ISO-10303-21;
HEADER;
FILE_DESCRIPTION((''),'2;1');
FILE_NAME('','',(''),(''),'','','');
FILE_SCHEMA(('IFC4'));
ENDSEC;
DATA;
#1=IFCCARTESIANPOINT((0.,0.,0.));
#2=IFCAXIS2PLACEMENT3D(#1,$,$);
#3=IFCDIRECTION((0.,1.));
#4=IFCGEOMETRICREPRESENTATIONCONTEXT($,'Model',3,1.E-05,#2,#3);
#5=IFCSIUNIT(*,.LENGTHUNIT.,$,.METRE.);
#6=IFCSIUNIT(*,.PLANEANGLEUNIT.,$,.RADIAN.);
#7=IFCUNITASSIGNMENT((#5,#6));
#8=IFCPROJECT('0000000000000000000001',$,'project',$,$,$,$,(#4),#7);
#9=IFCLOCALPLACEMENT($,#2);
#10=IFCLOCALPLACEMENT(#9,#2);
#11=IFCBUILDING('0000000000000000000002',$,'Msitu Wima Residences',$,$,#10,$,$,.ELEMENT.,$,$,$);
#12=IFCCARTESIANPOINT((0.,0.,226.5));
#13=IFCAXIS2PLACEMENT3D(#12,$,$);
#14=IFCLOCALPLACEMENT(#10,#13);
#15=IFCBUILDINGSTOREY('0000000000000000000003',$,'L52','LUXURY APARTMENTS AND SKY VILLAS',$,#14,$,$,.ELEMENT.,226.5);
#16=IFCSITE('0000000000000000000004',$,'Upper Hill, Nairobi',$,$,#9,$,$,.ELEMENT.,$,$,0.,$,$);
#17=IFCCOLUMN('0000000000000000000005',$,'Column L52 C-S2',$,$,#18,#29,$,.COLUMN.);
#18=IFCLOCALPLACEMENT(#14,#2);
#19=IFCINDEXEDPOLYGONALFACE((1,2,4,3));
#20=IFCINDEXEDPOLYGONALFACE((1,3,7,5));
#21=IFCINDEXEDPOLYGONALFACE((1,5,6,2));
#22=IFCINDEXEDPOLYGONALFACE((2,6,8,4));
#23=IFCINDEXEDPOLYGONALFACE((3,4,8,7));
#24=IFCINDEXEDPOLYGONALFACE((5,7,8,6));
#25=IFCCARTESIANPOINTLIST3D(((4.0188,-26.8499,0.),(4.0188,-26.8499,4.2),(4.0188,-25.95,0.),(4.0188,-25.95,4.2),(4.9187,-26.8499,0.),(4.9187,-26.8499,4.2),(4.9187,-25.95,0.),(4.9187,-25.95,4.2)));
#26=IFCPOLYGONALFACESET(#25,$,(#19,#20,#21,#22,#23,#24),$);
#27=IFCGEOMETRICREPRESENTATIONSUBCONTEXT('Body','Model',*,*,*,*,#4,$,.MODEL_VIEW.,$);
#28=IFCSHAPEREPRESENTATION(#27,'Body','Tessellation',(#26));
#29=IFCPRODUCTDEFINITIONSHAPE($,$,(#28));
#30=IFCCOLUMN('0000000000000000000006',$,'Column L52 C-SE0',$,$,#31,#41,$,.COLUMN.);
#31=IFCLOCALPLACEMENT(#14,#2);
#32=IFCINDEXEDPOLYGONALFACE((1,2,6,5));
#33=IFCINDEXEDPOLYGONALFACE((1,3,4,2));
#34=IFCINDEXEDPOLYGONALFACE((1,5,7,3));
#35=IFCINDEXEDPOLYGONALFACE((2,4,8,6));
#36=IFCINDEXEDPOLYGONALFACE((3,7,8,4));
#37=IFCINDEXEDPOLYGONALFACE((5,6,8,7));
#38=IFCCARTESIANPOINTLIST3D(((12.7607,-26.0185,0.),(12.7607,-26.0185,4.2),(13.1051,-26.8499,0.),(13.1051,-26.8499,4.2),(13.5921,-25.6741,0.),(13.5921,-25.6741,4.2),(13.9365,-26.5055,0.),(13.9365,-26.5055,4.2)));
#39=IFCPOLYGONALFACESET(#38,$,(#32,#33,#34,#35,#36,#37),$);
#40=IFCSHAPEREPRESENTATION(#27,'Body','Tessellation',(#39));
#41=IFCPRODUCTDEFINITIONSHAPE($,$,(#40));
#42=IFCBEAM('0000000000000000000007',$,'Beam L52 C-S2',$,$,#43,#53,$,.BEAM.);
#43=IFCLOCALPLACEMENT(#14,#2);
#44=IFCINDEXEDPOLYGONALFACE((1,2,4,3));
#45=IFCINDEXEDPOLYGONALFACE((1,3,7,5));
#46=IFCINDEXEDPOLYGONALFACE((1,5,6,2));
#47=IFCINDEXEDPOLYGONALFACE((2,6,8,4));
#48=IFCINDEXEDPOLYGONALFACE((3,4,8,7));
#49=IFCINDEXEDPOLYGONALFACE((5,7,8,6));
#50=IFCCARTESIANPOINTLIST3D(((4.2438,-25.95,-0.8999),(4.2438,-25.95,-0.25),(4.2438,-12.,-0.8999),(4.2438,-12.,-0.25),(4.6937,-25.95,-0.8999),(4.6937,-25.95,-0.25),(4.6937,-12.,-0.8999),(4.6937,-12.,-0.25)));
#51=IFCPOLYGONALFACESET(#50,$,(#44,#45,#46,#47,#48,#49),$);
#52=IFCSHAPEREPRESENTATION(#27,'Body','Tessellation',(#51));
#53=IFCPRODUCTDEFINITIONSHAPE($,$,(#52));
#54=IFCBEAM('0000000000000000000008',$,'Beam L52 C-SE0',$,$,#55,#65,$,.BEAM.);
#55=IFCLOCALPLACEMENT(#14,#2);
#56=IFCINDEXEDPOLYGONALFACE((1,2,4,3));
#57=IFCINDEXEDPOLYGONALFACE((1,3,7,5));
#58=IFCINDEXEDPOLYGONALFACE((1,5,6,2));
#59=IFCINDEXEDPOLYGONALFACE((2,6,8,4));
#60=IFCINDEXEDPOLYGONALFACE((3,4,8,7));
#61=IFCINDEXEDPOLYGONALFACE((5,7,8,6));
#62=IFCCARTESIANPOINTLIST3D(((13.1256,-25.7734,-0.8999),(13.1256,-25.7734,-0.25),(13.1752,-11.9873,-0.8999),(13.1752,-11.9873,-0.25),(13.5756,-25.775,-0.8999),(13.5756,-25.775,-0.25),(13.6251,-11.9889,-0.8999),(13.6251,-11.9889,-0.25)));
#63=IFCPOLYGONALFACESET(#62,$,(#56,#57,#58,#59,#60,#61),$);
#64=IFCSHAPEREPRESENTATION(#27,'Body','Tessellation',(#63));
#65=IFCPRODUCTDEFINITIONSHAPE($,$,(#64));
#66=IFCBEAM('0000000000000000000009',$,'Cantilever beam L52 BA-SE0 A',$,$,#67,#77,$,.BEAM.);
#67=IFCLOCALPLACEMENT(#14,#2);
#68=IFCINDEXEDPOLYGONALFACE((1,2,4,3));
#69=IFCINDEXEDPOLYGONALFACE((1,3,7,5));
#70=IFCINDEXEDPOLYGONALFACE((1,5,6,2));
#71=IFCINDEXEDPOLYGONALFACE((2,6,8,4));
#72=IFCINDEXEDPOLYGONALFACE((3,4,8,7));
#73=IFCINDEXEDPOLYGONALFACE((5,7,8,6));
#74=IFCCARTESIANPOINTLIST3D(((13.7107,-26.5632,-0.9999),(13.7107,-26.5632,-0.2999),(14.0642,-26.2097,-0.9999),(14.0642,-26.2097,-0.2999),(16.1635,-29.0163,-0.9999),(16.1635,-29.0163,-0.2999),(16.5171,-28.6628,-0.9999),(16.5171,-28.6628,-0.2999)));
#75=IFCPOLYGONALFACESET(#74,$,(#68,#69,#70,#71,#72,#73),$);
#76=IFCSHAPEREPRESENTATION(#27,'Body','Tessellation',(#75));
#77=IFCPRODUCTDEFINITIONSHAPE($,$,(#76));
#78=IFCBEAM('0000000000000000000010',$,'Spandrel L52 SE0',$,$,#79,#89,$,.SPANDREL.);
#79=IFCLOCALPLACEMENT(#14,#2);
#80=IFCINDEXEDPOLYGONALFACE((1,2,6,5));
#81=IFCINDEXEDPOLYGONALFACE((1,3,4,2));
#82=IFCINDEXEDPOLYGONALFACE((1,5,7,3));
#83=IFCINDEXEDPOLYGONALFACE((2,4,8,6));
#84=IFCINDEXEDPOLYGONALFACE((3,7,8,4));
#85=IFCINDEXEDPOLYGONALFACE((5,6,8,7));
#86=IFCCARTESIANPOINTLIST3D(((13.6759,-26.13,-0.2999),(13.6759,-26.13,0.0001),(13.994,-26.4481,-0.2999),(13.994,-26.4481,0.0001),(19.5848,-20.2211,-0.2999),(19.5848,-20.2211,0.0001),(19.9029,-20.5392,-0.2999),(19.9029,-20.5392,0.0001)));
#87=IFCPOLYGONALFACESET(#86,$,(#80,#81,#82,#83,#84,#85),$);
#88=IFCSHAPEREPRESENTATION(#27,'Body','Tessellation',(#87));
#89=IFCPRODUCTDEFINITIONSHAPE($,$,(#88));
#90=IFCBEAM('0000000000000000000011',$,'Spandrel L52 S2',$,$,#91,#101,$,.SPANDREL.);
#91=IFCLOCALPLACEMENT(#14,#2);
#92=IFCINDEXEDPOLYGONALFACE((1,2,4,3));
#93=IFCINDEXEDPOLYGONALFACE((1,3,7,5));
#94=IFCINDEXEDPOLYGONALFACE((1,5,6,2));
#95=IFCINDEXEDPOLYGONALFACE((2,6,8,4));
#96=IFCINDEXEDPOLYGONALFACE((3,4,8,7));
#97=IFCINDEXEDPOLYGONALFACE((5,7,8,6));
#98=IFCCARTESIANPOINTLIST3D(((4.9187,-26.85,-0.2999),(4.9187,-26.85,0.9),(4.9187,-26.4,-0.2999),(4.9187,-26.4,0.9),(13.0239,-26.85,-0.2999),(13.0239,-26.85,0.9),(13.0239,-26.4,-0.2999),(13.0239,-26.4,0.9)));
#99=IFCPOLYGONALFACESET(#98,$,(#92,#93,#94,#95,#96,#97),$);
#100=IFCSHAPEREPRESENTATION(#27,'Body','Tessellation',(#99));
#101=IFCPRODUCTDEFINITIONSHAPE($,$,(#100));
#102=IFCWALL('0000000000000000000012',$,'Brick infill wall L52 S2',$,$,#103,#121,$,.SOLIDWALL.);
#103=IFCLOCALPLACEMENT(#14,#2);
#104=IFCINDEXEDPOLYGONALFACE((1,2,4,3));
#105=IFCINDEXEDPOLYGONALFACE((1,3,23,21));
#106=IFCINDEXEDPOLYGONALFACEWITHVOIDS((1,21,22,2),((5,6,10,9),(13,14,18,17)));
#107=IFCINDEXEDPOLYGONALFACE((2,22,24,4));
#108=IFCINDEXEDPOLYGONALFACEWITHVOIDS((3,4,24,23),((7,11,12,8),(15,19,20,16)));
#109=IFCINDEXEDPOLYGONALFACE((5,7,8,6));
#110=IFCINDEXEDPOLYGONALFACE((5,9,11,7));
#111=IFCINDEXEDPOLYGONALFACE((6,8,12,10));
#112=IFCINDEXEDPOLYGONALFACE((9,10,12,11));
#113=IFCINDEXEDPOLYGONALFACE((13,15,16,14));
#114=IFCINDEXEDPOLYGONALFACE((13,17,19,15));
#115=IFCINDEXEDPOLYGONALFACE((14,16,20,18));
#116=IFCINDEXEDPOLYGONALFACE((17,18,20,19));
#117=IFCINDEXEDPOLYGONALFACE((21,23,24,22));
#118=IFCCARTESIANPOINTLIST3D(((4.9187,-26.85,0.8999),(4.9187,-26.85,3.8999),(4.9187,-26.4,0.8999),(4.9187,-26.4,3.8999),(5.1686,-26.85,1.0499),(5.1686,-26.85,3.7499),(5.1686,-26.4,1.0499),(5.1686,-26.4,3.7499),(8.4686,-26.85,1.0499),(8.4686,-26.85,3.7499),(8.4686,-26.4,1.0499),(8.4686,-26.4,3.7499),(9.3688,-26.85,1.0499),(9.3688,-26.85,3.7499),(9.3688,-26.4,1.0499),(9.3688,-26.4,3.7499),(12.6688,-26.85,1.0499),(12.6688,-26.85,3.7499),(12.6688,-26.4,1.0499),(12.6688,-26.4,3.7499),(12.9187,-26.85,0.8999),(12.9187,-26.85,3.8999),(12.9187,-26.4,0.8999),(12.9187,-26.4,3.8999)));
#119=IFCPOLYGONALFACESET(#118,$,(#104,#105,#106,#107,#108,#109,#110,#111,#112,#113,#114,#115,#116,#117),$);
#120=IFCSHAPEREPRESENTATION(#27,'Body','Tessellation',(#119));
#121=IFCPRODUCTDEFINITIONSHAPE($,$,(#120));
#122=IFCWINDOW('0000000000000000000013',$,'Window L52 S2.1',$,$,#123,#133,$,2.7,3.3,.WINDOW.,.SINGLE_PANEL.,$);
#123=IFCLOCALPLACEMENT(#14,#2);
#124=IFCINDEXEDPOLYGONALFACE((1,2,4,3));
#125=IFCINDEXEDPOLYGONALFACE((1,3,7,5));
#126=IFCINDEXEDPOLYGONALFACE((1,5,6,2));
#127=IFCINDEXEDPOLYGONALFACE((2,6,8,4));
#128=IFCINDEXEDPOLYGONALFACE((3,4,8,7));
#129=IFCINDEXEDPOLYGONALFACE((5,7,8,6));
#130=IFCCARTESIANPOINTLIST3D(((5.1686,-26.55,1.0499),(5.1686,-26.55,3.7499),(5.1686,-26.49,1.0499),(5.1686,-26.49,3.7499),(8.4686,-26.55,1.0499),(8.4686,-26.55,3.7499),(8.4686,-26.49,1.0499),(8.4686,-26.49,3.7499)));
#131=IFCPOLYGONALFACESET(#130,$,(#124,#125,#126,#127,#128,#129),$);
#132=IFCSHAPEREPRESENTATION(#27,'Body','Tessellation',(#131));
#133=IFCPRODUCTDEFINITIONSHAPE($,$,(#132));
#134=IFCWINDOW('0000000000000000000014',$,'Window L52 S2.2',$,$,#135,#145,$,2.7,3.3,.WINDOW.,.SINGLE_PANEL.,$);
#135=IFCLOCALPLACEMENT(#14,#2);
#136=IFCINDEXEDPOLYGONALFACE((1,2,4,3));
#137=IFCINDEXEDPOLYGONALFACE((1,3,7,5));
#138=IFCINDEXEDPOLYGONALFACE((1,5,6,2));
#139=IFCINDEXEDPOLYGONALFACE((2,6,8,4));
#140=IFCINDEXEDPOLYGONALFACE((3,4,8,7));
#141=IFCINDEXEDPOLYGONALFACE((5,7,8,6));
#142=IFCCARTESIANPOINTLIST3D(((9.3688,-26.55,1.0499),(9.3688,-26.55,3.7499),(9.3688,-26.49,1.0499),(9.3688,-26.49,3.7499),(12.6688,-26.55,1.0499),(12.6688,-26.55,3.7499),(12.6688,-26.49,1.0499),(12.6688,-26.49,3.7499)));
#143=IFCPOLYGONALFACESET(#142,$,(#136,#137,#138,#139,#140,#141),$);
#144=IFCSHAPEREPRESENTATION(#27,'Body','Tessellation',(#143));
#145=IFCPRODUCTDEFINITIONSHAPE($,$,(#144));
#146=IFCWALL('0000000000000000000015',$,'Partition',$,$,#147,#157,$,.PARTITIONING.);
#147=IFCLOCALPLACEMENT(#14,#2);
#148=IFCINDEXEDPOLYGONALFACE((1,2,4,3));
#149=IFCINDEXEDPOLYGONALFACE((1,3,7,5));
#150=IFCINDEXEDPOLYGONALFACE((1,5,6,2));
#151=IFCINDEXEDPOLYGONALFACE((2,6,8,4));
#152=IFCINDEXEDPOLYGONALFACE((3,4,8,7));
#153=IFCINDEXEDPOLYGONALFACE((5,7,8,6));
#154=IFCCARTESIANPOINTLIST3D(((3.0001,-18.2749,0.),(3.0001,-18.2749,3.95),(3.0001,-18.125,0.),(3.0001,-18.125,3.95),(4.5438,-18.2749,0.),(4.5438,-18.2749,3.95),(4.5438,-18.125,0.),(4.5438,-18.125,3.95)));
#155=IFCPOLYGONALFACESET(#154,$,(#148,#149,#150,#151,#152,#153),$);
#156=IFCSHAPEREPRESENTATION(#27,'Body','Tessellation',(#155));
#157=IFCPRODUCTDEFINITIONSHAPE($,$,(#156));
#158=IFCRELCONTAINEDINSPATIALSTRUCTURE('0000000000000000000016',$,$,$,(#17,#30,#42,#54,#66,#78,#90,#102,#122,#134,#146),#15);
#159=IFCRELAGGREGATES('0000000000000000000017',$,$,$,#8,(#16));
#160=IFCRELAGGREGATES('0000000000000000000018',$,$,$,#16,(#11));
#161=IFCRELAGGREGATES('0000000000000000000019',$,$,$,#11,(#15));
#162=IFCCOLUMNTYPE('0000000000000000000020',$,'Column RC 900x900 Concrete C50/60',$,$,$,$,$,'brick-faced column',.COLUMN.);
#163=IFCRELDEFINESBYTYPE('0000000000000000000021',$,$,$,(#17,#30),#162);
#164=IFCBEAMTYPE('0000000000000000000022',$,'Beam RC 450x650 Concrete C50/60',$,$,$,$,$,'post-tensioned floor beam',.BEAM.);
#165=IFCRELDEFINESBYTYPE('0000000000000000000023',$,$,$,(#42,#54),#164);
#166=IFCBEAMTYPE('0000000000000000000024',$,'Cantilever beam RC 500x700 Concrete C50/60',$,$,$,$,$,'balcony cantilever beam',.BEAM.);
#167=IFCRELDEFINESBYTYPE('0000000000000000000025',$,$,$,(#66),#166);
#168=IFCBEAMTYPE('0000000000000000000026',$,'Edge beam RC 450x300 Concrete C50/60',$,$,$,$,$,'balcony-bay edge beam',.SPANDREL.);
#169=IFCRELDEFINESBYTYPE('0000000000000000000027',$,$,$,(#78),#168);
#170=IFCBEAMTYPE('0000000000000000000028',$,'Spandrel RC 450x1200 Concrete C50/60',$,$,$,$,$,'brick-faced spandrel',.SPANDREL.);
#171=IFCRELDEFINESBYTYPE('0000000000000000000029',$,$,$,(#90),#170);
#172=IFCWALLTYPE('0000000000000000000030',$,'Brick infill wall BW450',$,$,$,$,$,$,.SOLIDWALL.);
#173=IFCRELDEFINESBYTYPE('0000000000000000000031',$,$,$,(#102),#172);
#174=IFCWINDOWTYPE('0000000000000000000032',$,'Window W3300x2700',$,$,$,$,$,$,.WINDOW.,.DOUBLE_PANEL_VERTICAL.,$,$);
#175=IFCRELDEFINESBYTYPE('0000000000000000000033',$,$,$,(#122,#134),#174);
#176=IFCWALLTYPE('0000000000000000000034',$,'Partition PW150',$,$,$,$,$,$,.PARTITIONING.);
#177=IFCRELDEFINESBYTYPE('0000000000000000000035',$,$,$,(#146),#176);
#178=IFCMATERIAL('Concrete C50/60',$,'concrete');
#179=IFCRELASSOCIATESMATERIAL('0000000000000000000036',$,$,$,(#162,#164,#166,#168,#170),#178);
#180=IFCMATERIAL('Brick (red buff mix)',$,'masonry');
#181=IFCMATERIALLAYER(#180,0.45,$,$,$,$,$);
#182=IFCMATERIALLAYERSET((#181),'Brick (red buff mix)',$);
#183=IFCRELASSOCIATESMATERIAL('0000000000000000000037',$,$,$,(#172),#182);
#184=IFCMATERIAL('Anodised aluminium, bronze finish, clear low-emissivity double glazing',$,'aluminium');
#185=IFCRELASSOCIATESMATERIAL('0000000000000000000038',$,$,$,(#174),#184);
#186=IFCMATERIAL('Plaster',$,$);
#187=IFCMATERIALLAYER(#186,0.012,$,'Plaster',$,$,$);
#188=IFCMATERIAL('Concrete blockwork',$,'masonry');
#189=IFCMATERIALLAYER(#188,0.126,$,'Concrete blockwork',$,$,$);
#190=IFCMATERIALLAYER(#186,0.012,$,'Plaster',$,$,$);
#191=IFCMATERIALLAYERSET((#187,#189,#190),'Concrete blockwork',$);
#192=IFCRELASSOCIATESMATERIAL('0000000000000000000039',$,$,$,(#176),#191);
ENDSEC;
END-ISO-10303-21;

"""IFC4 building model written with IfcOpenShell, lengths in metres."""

from ifc_helpers import new_model, si_unit, direction, frame, frame_2d, origin, origin_2d, place, context, subcontext, project, spatial, rectangle, extrude, material, layer, layer_set, material_profile, profile_set, type_object, element, fill, save


model = new_model("IFC4")

# Units and contexts
model_context = context("Model", 3, precision=1e-05, world=origin(), true_north=direction((0.0, 1.0)))
body_context = subcontext(model_context, "Body", "Model", "MODEL_VIEW")
ifc_project = project(units=[si_unit("LENGTHUNIT", "METRE"), si_unit("PLANEANGLEUNIT", "RADIAN")], contexts=[model_context])

# Site, building, storey
site_placement = place(None, origin())
site = spatial("IfcSite", under=ifc_project, at=site_placement, Name="Upper Hill, Nairobi", CompositionType="ELEMENT", RefElevation=0.0)
building_placement = place(site_placement, origin())
building = spatial("IfcBuilding", under=site, at=building_placement, Name="Msitu Wima Residences", CompositionType="ELEMENT")
storey_placement = place(building_placement, frame((0.0, 0.0, 226.5)))
storey = spatial("IfcBuildingStorey", under=building, at=storey_placement, Name="L52", Description="LUXURY APARTMENTS AND SKY VILLAS", CompositionType="ELEMENT", Elevation=226.5)

# Columns
ifc_material_1 = material(Name="Concrete C50/60", Category="concrete")
ifc_material_profile_1 = material_profile(ifc_material_1, rectangle(XDim=0.8999, YDim=0.8999, at=origin_2d()), Name="RC 900x900")
ifc_profile_set_1 = profile_set([ifc_material_profile_1], Name="Concrete C50/60")
column_type = type_object("IfcColumnType", Name="Column RC 900x900 Concrete C50/60", ElementType="brick-faced column", PredefinedType="COLUMN", material=ifc_profile_set_1)
for number, where, z_axis, x_axis, name in (
    (1, (4.4688, -26.3999, 0.0), (0.0, 0.0, 1.0), (1.0, 0.0, 0.0), "Column L52 C-S2"),
    (2, (13.3486, -26.262, 0.0), (0.0, 0.0, 1.0), (0.92388, 0.382683, 0.0), "Column L52 C-SE0"),
):
    element("IfcColumn", number, at=place(storey_placement, frame(where, z_axis=z_axis, x_axis=x_axis)), inside=storey, type_object=column_type, Name=name, PredefinedType="COLUMN", context=body_context, shape_type="SweptSolid", body=[
        extrude(rectangle(XDim=0.8999, YDim=0.8999, at=origin_2d()), origin(), (0.0, 0.0, 1.0), 4.2),
    ])

# Beams
ifc_material_profile_2 = material_profile(ifc_material_1, rectangle(XDim=0.45, YDim=0.6499, at=origin_2d()), Name="RC 450x650")
ifc_profile_set_2 = profile_set([ifc_material_profile_2], Name="Concrete C50/60")
beam_type_1 = type_object("IfcBeamType", Name="Beam RC 450x650 Concrete C50/60", ElementType="post-tensioned floor beam", PredefinedType="BEAM", material=ifc_profile_set_2)
beam_1_placement = place(storey_placement, frame((4.4688, -25.95, -0.575), z_axis=(0.0, 1.0, 0.0), x_axis=(-1.0, 0.0, 0.0)))
element("IfcBeam", 3, at=beam_1_placement, inside=storey, type_object=beam_type_1, Name="Beam L52 C-S2", PredefinedType="BEAM", context=body_context, shape_type="SweptSolid", body=[
    extrude(rectangle(XDim=0.45, YDim=0.6499, at=origin_2d()), origin(), (0.0, 0.0, 1.0), 13.95),
])
beam_2_placement = place(storey_placement, frame((13.3506, -25.7742, -0.575), z_axis=(0.003595, 0.999994, 0.0), x_axis=(-0.999994, 0.003595, 0.0)))
element("IfcBeam", 4, at=beam_2_placement, inside=storey, type_object=beam_type_1, Name="Beam L52 C-SE0", PredefinedType="BEAM", context=body_context, shape_type="SweptSolid", body=[
    extrude(rectangle(XDim=0.45, YDim=0.6499, at=origin_2d()), origin(), (0.0, 0.0, 1.0), 13.7861),
])
ifc_material_profile_3 = material_profile(ifc_material_1, rectangle(XDim=0.5, YDim=0.7, at=origin_2d()), Name="RC 500x700")
ifc_profile_set_3 = profile_set([ifc_material_profile_3], Name="Concrete C50/60")
beam_type_2 = type_object("IfcBeamType", Name="Cantilever beam RC 500x700 Concrete C50/60", ElementType="balcony cantilever beam", PredefinedType="BEAM", material=ifc_profile_set_3)
beam_3_placement = place(storey_placement, frame((13.8875, -26.3865, -0.6499), z_axis=(0.707072, -0.707142, 0.0), x_axis=(0.707142, 0.707072, 0.0)))
element("IfcBeam", 5, at=beam_3_placement, inside=storey, type_object=beam_type_2, Name="Cantilever beam L52 BA-SE0 A", PredefinedType="BEAM", context=body_context, shape_type="SweptSolid", body=[
    extrude(rectangle(XDim=0.5, YDim=0.7, at=origin_2d()), origin(), (0.0, 0.0, 1.0), 3.469),
])
ifc_material_profile_4 = material_profile(ifc_material_1, rectangle(XDim=0.45, YDim=0.3, at=origin_2d()), Name="RC 450x300")
ifc_profile_set_4 = profile_set([ifc_material_profile_4], Name="Concrete C50/60")
beam_type_3 = type_object("IfcBeamType", Name="Edge beam RC 450x300 Concrete C50/60", ElementType="balcony-bay edge beam", PredefinedType="SPANDREL", material=ifc_profile_set_4)
beam_4_placement = place(storey_placement, frame((13.835, -26.2891, -0.1499), z_axis=(0.707107, 0.707107, 0.0), x_axis=(-0.707107, 0.707107, 0.0)))
element("IfcBeam", 6, at=beam_4_placement, inside=storey, type_object=beam_type_3, Name="Spandrel L52 SE0", PredefinedType="SPANDREL", context=body_context, shape_type="SweptSolid", body=[
    extrude(rectangle(XDim=0.45, YDim=0.3, at=origin_2d()), origin(), (0.0, 0.0, 1.0), 8.3564),
])
ifc_material_profile_5 = material_profile(ifc_material_1, rectangle(XDim=0.45, YDim=1.2, at=origin_2d()), Name="RC 450x1200")
ifc_profile_set_5 = profile_set([ifc_material_profile_5], Name="Concrete C50/60")
beam_type_4 = type_object("IfcBeamType", Name="Spandrel RC 450x1200 Concrete C50/60", ElementType="brick-faced spandrel", PredefinedType="SPANDREL", material=ifc_profile_set_5)
beam_5_placement = place(storey_placement, frame((4.9187, -26.625, 0.3), z_axis=(1.0, 0.0, 0.0), x_axis=(0.0, 1.0, 0.0)))
element("IfcBeam", 7, at=beam_5_placement, inside=storey, type_object=beam_type_4, Name="Spandrel L52 S2", PredefinedType="SPANDREL", context=body_context, shape_type="SweptSolid", body=[
    extrude(rectangle(XDim=0.45, YDim=1.2, at=origin_2d()), origin(), (0.0, 0.0, 1.0), 8.1052),
])

# Wall, openings, windows
ifc_material_2 = material(Name="Brick (red buff mix)", Category="masonry")
ifc_layer_1 = layer(ifc_material_2, 0.45)
ifc_layer_set_1 = layer_set([ifc_layer_1], Name="Brick (red buff mix)")
wall_type_1 = type_object("IfcWallType", Name="Brick infill wall BW450", PredefinedType="SOLIDWALL", material=ifc_layer_set_1)
wall_1_placement = place(storey_placement, frame((4.9187, -26.625, 0.8999), z_axis=(0.0, 0.0, 1.0), x_axis=(1.0, 0.0, 0.0)))
wall_1 = element("IfcWall", 8, at=wall_1_placement, inside=storey, type_object=wall_type_1, Name="Brick infill wall L52 S2", PredefinedType="SOLIDWALL", context=body_context, shape_type="SweptSolid", body=[
    extrude(rectangle(XDim=8.0, YDim=0.45, at=frame_2d((4.0, 0.0))), origin(), (0.0, 0.0, 1.0), 3.0),
])
opening_1_placement = place(wall_1_placement, frame((0.25, 0.0, 0.1499)))
opening_1 = element("IfcOpeningElement", 9, at=opening_1_placement, cuts=wall_1, PredefinedType="OPENING", context=body_context, shape_type="SweptSolid", body=[
    extrude(rectangle(XDim=3.3, YDim=2.7, at=frame_2d((1.6499, 1.3501))), frame((0.0, 0.2349, 0.0), z_axis=(0.0, -1.0, 0.0), x_axis=(1.0, 0.0, 0.0)), (0.0, 0.0, 1.0), 0.47),
])
opening_2_placement = place(wall_1_placement, frame((4.4502, 0.0, 0.1499)))
opening_2 = element("IfcOpeningElement", 10, at=opening_2_placement, cuts=wall_1, PredefinedType="OPENING", context=body_context, shape_type="SweptSolid", body=[
    extrude(rectangle(XDim=3.3, YDim=2.7, at=frame_2d((1.6499, 1.3501))), frame((0.0, 0.2349, 0.0), z_axis=(0.0, -1.0, 0.0), x_axis=(1.0, 0.0, 0.0)), (0.0, 0.0, 1.0), 0.47),
])
ifc_material_3 = material(Name="Anodised aluminium, bronze finish, clear low-emissivity double glazing", Category="aluminium")
window_type = type_object("IfcWindowType", Name="Window W3300x2700", PartitioningType="DOUBLE_PANEL_VERTICAL", PredefinedType="WINDOW", material=ifc_material_3)
window_1_placement = place(opening_1_placement, origin())
window_1 = element("IfcWindow", 11, at=window_1_placement, inside=storey, type_object=window_type, Name="Window L52 S2.1", OverallHeight=2.7, OverallWidth=3.3, PartitioningType="SINGLE_PANEL", PredefinedType="WINDOW", context=body_context, shape_type="SweptSolid", body=[
    extrude(rectangle(XDim=3.3, YDim=2.7, at=frame_2d((1.6499, 1.3501))), frame((0.0, 0.135, 0.0), z_axis=(0.0, -1.0, 0.0), x_axis=(1.0, 0.0, 0.0)), (0.0, 0.0, 1.0), 0.0601),
])
fill(opening_1, window_1)
window_2_placement = place(opening_2_placement, origin())
window_2 = element("IfcWindow", 12, at=window_2_placement, inside=storey, type_object=window_type, Name="Window L52 S2.2", OverallHeight=2.7, OverallWidth=3.3, PartitioningType="SINGLE_PANEL", PredefinedType="WINDOW", context=body_context, shape_type="SweptSolid", body=[
    extrude(rectangle(XDim=3.3, YDim=2.7, at=frame_2d((1.6499, 1.3501))), frame((0.0, 0.135, 0.0), z_axis=(0.0, -1.0, 0.0), x_axis=(1.0, 0.0, 0.0)), (0.0, 0.0, 1.0), 0.0601),
])
fill(opening_2, window_2)

# Wall
ifc_material_4 = material(Name="Plaster")
ifc_layer_2 = layer(ifc_material_4, 0.012, Name="Plaster")
ifc_material_5 = material(Name="Concrete blockwork", Category="masonry")
ifc_layer_3 = layer(ifc_material_5, 0.126, Name="Concrete blockwork")
ifc_layer_4 = layer(ifc_material_4, 0.012, Name="Plaster")
ifc_layer_set_2 = layer_set([ifc_layer_2, ifc_layer_3, ifc_layer_4], Name="Concrete blockwork")
wall_type_2 = type_object("IfcWallType", Name="Partition PW150", PredefinedType="PARTITIONING", material=ifc_layer_set_2)
wall_2_placement = place(storey_placement, frame((3.0, -18.2, 0.0), z_axis=(0.0, 0.0, 1.0), x_axis=(1.0, 0.0, 0.0)))
element("IfcWall", 13, at=wall_2_placement, inside=storey, type_object=wall_type_2, Name="Partition", PredefinedType="PARTITIONING", context=body_context, shape_type="SweptSolid", body=[
    extrude(rectangle(XDim=1.5437, YDim=0.1499, at=frame_2d((0.772, 0.0))), origin(), (0.0, 0.0, 1.0), 3.95),
])

save(model, "model.ifc")
